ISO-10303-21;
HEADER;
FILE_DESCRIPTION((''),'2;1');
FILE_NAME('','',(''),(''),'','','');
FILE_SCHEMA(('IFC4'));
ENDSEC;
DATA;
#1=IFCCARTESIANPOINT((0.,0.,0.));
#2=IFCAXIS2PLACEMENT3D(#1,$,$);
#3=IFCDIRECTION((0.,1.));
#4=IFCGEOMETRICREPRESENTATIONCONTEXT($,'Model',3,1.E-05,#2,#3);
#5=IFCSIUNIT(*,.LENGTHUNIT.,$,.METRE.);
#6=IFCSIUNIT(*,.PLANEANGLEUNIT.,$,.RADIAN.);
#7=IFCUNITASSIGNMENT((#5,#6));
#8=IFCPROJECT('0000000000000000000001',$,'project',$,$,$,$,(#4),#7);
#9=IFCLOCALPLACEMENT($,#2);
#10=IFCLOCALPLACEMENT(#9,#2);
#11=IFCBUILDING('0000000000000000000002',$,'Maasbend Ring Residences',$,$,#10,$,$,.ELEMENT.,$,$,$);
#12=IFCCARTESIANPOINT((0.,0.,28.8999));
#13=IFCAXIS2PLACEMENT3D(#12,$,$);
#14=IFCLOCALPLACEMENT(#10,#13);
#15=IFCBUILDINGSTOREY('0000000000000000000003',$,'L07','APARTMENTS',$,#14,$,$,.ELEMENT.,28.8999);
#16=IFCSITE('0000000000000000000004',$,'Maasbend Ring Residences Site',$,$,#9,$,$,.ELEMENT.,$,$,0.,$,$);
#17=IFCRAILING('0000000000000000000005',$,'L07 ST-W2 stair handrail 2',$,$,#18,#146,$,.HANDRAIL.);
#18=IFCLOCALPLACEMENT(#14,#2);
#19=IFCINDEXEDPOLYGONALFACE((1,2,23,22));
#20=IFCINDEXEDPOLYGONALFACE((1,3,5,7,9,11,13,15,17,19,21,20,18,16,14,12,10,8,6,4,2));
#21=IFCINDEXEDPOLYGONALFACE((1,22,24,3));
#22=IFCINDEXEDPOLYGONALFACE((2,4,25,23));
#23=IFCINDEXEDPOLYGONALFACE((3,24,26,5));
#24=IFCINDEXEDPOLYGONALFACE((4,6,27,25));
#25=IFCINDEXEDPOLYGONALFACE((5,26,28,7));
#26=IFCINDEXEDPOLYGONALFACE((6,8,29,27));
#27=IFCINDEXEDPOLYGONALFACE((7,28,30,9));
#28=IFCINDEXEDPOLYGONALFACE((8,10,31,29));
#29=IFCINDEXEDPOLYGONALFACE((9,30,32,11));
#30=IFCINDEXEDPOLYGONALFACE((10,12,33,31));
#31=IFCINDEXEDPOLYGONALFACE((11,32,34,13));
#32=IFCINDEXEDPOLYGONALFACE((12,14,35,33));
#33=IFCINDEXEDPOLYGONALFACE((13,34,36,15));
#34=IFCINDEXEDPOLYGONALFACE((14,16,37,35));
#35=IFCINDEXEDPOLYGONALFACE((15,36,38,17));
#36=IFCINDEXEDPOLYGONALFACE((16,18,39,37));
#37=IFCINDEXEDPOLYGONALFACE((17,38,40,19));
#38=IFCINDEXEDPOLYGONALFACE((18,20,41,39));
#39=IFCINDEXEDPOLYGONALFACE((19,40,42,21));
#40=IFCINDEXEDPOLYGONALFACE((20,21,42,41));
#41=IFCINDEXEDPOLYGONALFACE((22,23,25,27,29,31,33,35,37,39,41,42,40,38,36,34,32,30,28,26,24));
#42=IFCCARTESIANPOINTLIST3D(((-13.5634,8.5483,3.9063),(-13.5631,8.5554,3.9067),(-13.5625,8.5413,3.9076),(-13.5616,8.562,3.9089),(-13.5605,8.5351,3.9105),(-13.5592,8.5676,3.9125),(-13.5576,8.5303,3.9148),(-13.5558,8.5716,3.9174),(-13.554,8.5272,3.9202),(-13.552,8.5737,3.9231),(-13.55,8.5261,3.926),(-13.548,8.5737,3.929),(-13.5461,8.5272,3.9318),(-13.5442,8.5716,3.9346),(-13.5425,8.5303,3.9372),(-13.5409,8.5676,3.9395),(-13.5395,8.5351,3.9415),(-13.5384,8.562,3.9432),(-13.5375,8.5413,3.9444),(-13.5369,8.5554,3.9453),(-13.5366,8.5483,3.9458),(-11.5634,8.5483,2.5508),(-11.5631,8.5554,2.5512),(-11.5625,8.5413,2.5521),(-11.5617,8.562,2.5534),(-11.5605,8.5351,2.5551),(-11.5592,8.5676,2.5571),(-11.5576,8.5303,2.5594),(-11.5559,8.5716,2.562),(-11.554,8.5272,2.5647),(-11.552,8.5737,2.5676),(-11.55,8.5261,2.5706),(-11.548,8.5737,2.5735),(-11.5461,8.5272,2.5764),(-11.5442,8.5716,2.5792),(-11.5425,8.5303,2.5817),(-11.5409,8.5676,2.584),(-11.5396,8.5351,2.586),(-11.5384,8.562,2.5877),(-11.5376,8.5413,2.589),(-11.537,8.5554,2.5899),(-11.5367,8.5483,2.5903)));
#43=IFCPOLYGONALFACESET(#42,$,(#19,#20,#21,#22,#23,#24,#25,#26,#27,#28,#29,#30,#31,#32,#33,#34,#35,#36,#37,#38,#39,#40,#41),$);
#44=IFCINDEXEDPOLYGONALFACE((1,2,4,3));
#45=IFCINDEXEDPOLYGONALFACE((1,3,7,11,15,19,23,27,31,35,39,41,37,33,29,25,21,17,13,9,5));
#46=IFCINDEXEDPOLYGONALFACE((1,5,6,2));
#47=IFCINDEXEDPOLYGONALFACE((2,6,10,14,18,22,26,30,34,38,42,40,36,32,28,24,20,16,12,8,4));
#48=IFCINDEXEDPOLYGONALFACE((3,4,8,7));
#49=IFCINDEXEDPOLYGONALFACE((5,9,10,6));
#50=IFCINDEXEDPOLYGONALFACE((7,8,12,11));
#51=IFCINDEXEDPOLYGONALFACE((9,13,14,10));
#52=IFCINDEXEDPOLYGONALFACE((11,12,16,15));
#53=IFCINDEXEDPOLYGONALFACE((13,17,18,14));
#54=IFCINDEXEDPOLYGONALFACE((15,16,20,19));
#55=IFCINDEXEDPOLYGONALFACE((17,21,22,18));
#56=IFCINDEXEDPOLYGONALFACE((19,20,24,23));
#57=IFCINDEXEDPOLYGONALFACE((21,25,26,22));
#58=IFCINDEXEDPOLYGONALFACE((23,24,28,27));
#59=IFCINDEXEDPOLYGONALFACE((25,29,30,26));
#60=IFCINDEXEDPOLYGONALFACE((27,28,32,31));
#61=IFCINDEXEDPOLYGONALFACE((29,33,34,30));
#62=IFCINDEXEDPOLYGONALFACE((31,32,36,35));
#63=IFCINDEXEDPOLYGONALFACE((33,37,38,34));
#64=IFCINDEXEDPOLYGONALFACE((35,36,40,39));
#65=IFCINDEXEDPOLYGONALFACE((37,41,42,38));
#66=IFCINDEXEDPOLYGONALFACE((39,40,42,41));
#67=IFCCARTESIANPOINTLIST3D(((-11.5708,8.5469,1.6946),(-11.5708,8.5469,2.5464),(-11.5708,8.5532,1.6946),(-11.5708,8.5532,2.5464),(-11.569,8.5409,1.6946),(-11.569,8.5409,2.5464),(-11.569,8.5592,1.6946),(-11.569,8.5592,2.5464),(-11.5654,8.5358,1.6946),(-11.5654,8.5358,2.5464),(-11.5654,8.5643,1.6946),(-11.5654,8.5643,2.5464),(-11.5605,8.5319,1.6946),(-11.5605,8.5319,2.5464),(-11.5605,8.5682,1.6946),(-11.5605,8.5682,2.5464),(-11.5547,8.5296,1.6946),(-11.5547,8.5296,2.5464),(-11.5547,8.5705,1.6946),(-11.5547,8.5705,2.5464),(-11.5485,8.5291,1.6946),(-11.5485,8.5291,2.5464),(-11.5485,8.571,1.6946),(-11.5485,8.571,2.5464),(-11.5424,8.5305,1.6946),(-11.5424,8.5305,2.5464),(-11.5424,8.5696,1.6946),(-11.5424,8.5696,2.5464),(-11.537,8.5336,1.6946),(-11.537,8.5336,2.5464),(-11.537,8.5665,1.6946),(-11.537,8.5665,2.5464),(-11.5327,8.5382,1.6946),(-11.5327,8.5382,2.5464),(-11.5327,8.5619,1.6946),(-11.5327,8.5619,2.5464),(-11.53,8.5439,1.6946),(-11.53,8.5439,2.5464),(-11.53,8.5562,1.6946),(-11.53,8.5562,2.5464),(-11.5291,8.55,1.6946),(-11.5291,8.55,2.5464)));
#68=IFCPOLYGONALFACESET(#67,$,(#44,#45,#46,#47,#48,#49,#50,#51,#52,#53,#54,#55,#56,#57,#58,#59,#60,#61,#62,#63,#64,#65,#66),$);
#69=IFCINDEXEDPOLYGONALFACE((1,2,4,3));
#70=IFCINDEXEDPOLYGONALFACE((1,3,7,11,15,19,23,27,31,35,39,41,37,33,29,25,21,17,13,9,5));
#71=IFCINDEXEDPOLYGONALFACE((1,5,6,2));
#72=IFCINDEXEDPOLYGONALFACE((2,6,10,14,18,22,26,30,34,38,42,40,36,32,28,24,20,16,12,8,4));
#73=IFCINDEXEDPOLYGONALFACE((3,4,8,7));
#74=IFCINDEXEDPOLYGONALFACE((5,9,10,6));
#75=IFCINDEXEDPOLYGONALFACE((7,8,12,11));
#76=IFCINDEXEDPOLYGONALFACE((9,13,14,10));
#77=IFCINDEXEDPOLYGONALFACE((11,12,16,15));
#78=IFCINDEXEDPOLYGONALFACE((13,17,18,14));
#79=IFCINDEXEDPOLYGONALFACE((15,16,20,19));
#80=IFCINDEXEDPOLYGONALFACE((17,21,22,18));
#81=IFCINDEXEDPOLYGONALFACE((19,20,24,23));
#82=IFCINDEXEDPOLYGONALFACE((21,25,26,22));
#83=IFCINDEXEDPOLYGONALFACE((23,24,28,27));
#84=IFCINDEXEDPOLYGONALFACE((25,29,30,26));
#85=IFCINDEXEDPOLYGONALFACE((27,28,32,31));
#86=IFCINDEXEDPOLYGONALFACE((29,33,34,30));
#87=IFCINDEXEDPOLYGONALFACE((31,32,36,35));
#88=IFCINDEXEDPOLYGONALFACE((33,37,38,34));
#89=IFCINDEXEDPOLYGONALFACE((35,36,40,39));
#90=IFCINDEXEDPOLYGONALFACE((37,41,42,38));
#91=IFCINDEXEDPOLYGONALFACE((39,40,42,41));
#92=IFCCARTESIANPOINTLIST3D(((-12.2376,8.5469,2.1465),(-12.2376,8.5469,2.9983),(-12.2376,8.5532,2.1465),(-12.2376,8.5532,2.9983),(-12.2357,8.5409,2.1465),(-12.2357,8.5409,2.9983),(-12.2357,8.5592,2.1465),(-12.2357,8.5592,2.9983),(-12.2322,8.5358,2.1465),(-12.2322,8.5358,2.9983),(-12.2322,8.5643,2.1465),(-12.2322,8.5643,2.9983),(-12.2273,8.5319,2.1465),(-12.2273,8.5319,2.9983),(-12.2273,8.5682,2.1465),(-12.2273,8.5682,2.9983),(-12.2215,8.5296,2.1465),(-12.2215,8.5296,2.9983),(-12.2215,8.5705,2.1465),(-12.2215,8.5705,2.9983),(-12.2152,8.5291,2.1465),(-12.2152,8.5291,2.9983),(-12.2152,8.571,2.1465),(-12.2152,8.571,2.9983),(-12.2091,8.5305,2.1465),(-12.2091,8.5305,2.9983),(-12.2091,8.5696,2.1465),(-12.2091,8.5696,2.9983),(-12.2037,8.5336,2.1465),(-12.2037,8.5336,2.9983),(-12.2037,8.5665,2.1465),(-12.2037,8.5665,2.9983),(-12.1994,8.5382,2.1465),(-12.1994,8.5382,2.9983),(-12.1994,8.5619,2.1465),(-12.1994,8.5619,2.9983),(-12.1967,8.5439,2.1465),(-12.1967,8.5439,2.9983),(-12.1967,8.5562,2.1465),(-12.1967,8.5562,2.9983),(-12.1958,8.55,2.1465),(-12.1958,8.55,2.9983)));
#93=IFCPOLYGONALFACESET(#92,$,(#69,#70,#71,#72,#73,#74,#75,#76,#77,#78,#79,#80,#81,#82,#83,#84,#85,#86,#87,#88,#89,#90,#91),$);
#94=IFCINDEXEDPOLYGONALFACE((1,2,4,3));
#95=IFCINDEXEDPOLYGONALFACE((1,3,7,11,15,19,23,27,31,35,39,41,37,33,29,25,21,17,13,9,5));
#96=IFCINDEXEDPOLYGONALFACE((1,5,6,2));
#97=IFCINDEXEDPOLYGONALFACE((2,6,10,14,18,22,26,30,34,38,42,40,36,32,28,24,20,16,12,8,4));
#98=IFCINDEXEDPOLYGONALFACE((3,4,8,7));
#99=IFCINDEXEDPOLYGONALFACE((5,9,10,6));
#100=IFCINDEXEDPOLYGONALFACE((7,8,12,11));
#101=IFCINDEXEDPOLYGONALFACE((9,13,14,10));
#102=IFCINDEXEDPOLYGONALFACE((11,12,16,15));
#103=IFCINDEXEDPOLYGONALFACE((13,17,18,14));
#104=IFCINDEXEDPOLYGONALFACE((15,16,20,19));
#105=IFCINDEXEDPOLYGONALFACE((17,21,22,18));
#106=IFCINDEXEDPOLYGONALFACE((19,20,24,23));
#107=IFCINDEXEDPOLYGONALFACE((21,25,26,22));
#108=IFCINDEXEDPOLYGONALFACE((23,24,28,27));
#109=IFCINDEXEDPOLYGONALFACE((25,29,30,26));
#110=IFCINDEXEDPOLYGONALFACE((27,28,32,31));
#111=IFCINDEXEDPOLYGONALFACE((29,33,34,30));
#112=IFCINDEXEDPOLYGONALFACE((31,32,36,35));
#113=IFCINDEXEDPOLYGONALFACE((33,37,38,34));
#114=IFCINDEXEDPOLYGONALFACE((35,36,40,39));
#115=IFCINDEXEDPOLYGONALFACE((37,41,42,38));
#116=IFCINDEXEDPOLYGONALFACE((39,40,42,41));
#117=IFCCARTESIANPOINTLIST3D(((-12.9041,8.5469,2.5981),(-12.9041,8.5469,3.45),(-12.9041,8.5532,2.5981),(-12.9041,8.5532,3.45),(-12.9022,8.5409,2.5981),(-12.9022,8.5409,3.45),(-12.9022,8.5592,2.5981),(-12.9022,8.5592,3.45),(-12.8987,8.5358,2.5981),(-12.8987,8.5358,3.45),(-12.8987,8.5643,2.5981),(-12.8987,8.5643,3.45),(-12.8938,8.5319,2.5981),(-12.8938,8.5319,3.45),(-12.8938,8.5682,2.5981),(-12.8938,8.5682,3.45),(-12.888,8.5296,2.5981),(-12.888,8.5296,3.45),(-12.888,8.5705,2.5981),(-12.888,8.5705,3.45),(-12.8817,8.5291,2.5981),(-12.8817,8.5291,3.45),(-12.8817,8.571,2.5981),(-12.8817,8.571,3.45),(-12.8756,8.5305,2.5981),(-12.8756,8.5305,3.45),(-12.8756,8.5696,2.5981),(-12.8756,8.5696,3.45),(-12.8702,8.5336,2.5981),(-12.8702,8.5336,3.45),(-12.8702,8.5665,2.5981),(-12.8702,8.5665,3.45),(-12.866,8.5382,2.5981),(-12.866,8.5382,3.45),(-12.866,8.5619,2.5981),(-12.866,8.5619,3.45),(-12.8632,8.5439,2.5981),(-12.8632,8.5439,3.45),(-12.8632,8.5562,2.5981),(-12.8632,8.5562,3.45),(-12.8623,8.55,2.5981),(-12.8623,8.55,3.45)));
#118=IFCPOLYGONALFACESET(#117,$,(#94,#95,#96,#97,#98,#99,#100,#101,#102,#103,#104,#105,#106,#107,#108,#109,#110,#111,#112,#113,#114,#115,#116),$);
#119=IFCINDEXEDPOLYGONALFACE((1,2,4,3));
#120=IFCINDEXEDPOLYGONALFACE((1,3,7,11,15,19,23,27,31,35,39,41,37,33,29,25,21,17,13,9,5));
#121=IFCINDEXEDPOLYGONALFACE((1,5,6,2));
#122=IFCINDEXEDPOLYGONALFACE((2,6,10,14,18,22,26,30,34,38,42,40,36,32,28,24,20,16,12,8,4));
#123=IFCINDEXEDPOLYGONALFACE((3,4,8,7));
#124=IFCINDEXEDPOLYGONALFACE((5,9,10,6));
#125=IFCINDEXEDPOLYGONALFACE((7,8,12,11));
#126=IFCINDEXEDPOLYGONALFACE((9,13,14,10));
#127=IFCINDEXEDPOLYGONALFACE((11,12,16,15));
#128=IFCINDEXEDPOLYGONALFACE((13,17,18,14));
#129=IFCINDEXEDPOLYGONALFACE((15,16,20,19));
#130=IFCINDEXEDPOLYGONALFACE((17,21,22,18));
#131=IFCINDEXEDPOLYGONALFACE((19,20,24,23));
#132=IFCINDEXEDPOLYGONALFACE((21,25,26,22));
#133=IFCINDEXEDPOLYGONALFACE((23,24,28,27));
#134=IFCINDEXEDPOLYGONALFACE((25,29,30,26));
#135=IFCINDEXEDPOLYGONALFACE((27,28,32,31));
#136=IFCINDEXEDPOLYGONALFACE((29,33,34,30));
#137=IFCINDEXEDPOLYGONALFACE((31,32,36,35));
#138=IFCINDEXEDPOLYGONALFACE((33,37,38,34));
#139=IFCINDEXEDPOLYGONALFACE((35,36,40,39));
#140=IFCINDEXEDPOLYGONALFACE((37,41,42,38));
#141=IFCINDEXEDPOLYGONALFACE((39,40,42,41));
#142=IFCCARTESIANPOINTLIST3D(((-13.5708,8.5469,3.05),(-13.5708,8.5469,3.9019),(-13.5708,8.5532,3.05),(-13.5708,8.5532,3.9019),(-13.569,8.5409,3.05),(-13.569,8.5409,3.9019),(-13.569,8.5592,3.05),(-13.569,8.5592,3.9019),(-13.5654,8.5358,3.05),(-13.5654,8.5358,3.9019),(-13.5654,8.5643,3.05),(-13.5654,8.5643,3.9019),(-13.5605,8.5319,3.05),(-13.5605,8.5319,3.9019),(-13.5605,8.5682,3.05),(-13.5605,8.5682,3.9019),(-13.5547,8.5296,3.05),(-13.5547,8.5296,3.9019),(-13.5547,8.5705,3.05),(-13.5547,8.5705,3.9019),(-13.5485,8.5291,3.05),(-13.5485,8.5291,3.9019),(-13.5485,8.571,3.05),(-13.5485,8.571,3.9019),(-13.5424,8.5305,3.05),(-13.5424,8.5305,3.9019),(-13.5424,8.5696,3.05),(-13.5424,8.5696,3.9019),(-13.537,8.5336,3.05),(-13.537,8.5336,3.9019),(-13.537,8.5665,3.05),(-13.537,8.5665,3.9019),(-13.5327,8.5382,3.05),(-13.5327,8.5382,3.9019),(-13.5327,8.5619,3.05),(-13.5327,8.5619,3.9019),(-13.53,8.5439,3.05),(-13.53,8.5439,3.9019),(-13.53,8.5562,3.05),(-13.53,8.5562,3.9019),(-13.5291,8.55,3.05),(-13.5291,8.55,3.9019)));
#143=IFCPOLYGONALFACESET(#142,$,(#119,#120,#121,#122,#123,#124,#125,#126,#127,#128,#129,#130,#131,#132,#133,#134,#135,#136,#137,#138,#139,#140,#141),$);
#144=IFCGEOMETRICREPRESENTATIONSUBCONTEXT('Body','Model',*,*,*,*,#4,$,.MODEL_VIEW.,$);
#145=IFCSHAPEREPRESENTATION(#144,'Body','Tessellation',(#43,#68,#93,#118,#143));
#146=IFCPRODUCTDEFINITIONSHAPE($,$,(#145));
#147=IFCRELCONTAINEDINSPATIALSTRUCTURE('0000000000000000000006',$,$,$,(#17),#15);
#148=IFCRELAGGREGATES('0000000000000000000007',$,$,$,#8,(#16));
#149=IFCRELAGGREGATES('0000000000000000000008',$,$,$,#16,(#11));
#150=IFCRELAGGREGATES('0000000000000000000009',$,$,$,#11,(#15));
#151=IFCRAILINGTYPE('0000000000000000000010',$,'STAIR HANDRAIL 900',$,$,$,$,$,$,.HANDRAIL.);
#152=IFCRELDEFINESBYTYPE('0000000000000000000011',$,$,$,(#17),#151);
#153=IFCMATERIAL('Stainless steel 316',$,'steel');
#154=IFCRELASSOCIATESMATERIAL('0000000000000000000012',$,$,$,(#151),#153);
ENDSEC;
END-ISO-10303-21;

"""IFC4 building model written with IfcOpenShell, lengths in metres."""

from ifc_helpers import new_model, si_unit, direction, frame, origin, origin_2d, place, context, subcontext, project, spatial, circle, extrude, material, type_object, element, save


model = new_model("IFC4")

# Units and contexts
model_context = context("Model", 3, precision=1e-05, world=origin(), true_north=direction((0.0, 1.0)))
body_context = subcontext(model_context, "Body", "Model", "MODEL_VIEW")
ifc_project = project(units=[si_unit("LENGTHUNIT", "METRE"), si_unit("PLANEANGLEUNIT", "RADIAN")], contexts=[model_context])

# Site, building, storey
site_placement = place(None, origin())
site = spatial("IfcSite", under=ifc_project, at=site_placement, Name="Maasbend Ring Residences Site", CompositionType="ELEMENT", RefElevation=0.0)
building_placement = place(site_placement, origin())
building = spatial("IfcBuilding", under=site, at=building_placement, Name="Maasbend Ring Residences", CompositionType="ELEMENT")
storey_placement = place(building_placement, frame((0.0, 0.0, 28.8999)))
storey = spatial("IfcBuildingStorey", under=building, at=storey_placement, Name="L07", Description="APARTMENTS", CompositionType="ELEMENT", Elevation=28.8999)

# Railing
ifc_material_1 = material(Name="Stainless steel 316", Category="steel")
railing_type_1 = type_object("IfcRailingType", Name="STAIR HANDRAIL 900", PredefinedType="HANDRAIL", material=ifc_material_1)
railing_1_placement = place(storey_placement, frame((-11.55, 8.55, 1.6946)))
element("IfcRailing", 1, at=railing_1_placement, inside=storey, type_object=railing_type_1, Name="L07 ST-W2 stair handrail 2", PredefinedType="HANDRAIL", context=body_context, shape_type="SweptSolid", body=[
    extrude(circle(Radius=0.0239, at=origin_2d()), frame((0.0, 0.0, 0.876), z_axis=(-0.827798, 0.0, 0.561027), x_axis=(0.0, -1.0, 0.0)), (0.0, 0.0, 1.0), 2.416),
    extrude(circle(Radius=0.021, at=origin_2d()), origin(), (0.0, 0.0, 1.0), 0.8518),
    extrude(circle(Radius=0.021, at=origin_2d()), frame((-0.6667, 0.0, 0.4519)), (0.0, 0.0, 1.0), 0.8518),
    extrude(circle(Radius=0.021, at=origin_2d()), frame((-1.3333, 0.0, 0.9036)), (0.0, 0.0, 1.0), 0.8518),
    extrude(circle(Radius=0.021, at=origin_2d()), frame((-2.0, 0.0, 1.3555)), (0.0, 0.0, 1.0), 0.8518),
])

save(model, "model.ifc")
